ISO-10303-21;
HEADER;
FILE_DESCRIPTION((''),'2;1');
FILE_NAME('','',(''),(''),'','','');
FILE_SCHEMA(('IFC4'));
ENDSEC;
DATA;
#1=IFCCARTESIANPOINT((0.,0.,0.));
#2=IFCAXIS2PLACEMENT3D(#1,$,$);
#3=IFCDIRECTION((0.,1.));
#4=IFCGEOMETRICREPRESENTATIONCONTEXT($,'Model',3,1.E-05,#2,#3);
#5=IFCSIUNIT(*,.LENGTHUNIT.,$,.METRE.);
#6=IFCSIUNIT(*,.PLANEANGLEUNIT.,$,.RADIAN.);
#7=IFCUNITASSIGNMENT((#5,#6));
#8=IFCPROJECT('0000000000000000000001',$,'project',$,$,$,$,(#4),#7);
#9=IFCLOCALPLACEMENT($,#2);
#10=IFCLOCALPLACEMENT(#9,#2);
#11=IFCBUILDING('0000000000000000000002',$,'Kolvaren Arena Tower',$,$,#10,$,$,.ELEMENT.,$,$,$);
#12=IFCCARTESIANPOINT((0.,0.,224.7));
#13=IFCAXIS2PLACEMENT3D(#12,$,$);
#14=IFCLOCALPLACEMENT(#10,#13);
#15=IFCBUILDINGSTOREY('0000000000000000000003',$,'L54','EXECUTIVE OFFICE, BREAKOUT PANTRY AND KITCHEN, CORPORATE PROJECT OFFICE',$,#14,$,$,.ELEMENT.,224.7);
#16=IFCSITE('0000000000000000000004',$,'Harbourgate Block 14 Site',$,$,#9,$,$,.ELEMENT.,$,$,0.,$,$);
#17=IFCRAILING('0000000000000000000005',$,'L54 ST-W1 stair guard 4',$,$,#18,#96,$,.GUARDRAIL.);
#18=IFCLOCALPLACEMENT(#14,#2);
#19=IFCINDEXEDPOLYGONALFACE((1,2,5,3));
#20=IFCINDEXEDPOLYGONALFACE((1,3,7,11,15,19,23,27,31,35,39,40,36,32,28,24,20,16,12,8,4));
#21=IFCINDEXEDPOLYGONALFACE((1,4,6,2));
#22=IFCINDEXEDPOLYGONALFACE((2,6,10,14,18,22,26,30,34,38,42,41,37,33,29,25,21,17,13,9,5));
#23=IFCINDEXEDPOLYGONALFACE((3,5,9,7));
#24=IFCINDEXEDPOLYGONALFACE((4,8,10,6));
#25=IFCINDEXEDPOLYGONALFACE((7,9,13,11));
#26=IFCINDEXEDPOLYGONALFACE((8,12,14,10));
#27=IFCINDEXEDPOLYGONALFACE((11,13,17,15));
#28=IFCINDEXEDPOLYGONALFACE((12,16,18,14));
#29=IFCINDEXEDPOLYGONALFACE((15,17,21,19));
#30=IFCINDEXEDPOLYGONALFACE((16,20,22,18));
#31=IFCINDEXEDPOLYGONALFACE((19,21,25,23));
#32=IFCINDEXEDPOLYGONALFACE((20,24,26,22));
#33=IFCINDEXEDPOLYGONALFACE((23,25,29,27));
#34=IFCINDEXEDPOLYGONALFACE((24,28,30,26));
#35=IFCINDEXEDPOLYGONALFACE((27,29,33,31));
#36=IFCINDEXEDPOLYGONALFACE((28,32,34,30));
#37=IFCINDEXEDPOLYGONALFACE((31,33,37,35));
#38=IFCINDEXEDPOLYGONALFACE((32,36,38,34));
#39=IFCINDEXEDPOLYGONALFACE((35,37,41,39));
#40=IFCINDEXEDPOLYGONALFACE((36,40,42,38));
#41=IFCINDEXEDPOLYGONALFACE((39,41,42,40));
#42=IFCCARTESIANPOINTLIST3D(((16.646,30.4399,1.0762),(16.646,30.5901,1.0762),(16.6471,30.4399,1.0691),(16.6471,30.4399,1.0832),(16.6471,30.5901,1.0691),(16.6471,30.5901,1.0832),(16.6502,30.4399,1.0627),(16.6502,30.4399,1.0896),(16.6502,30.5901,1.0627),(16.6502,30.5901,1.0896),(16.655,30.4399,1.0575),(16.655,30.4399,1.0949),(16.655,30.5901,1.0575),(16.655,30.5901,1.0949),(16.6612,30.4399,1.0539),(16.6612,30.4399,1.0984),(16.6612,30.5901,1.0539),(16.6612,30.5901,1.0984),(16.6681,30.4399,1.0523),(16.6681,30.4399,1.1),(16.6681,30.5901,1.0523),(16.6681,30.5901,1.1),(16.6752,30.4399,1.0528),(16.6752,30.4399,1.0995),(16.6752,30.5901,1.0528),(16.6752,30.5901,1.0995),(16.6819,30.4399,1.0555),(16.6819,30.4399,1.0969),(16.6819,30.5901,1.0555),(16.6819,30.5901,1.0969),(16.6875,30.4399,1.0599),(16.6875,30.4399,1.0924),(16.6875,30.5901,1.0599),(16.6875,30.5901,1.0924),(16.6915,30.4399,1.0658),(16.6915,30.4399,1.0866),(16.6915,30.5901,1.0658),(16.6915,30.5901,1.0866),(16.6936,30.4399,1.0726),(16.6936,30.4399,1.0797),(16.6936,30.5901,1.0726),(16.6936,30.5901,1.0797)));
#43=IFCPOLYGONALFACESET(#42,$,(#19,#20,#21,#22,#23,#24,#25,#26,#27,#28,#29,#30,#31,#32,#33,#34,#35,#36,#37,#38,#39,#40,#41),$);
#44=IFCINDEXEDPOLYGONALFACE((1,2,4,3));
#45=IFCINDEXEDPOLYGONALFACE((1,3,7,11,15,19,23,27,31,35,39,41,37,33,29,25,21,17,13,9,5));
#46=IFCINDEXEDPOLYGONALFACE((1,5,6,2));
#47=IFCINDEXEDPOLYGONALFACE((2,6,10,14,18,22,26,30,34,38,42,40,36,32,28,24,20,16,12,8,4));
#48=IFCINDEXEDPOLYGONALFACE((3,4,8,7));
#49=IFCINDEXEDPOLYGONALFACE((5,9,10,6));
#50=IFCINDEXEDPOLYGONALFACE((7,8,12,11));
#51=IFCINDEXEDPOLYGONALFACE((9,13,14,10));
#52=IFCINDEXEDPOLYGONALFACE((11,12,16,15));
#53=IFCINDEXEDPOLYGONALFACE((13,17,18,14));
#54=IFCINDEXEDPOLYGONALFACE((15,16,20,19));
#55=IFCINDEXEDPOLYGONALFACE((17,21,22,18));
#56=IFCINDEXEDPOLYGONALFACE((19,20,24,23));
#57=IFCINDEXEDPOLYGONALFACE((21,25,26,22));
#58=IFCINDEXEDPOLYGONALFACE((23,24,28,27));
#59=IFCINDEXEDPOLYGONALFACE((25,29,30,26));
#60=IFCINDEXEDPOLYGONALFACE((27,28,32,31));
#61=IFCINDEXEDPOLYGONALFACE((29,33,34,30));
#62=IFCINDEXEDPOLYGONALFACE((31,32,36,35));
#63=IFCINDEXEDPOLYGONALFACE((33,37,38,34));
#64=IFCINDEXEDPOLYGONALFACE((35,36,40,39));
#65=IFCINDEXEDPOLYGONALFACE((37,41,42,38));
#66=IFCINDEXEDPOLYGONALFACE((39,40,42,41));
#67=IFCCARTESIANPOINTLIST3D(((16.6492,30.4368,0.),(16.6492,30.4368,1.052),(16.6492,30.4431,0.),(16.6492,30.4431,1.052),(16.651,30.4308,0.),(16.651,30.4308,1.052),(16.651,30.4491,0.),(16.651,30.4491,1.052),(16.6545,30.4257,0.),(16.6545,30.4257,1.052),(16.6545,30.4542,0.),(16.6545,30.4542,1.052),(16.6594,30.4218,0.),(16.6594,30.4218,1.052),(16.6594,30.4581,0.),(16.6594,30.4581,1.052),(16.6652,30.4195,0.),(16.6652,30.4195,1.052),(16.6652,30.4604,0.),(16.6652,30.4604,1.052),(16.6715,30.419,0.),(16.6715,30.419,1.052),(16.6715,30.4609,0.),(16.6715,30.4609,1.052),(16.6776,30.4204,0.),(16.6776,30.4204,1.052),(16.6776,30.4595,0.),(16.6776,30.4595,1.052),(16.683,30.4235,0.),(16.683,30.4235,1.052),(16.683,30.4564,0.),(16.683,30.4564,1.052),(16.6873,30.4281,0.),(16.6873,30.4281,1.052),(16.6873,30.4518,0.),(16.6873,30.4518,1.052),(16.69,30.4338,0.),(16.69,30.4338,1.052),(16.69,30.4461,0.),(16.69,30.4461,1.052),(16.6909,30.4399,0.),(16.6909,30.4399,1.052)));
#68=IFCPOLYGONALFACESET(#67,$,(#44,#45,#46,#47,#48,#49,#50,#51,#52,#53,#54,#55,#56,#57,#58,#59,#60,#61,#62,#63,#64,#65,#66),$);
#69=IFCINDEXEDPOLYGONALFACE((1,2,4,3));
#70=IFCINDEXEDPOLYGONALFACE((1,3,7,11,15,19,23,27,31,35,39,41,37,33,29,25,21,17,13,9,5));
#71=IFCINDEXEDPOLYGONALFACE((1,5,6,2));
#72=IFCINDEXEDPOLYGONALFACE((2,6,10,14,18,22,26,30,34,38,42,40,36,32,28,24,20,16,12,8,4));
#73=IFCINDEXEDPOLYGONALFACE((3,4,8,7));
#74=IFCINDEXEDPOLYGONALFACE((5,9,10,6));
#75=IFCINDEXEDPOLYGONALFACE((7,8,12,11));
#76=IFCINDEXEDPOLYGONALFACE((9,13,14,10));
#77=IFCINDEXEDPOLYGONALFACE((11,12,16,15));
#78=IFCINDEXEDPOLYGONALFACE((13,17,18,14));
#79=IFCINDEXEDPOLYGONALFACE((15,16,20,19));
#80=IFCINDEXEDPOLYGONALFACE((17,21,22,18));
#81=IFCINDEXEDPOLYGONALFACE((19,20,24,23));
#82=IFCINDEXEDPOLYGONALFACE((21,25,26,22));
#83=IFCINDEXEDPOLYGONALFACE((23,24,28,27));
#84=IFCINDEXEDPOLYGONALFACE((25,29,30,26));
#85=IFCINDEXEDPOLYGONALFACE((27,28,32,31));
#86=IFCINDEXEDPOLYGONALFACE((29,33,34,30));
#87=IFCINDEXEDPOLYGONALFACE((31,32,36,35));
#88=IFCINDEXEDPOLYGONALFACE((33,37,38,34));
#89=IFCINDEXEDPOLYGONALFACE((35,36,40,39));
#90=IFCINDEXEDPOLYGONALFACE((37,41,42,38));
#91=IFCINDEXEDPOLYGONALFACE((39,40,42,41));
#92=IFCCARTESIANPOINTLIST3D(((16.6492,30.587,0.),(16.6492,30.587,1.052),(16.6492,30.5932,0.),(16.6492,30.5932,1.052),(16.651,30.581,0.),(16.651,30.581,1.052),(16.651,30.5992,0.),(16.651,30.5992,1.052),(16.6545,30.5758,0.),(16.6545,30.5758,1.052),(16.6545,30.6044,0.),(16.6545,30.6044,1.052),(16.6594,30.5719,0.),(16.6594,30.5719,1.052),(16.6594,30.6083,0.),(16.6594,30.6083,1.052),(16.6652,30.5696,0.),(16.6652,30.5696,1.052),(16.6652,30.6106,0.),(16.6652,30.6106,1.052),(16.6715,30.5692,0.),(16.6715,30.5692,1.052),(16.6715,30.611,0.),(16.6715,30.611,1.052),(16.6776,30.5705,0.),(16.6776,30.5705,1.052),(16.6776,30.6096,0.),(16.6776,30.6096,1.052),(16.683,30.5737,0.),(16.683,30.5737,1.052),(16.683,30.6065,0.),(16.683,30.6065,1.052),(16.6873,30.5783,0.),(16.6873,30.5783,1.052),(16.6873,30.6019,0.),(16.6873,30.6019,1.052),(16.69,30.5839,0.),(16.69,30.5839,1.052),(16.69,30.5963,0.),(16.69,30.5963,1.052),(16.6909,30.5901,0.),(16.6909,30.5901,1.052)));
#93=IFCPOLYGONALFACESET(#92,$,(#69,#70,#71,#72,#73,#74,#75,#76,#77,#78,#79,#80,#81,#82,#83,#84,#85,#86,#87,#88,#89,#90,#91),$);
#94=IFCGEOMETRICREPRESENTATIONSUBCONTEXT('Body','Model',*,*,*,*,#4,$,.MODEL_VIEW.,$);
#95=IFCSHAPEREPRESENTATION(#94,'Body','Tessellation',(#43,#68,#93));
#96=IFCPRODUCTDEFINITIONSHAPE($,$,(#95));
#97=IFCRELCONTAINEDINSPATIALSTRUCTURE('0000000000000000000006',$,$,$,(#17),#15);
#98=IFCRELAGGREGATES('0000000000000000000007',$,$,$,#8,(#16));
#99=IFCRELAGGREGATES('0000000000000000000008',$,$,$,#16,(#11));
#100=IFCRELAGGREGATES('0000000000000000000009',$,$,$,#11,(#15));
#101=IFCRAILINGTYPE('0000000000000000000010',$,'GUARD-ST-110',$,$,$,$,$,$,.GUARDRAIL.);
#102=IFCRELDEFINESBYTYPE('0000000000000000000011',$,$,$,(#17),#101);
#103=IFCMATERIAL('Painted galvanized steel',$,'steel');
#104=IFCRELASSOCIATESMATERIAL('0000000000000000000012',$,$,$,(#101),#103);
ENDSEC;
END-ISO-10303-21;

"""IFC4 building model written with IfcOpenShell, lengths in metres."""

from ifc_helpers import new_model, si_unit, direction, frame, origin, origin_2d, place, context, subcontext, project, spatial, circle, extrude, material, type_object, element, save


model = new_model("IFC4")

# Units and contexts
model_context = context("Model", 3, precision=1e-05, world=origin(), true_north=direction((0.0, 1.0)))
body_context = subcontext(model_context, "Body", "Model", "MODEL_VIEW")
ifc_project = project(units=[si_unit("LENGTHUNIT", "METRE"), si_unit("PLANEANGLEUNIT", "RADIAN")], contexts=[model_context])

# Site, building, storey
site_placement = place(None, origin())
site = spatial("IfcSite", under=ifc_project, at=site_placement, Name="Harbourgate Block 14 Site", CompositionType="ELEMENT", RefElevation=0.0)
building_placement = place(site_placement, origin())
building = spatial("IfcBuilding", under=site, at=building_placement, Name="Kolvaren Arena Tower", CompositionType="ELEMENT")
storey_placement = place(building_placement, frame((0.0, 0.0, 224.7)))
storey = spatial("IfcBuildingStorey", under=building, at=storey_placement, Name="L54", Description="EXECUTIVE OFFICE, BREAKOUT PANTRY AND KITCHEN, CORPORATE PROJECT OFFICE", CompositionType="ELEMENT", Elevation=224.7)

# Railing
ifc_material_1 = material(Name="Painted galvanized steel", Category="steel")
railing_type_1 = type_object("IfcRailingType", Name="GUARD-ST-110", PredefinedType="GUARDRAIL", material=ifc_material_1)
railing_1_placement = place(storey_placement, frame((16.6699, 30.4399, 0.0)))
element("IfcRailing", 1, at=railing_1_placement, inside=storey, type_object=railing_type_1, Name="L54 ST-W1 stair guard 4", PredefinedType="GUARDRAIL", context=body_context, shape_type="SweptSolid", body=[
    extrude(circle(Radius=0.0239, at=origin_2d()), frame((0.0, 0.0, 1.0762), z_axis=(0.0, 1.0, 0.0), x_axis=(-1.0, 0.0, 0.0)), (0.0, 0.0, 1.0), 0.1501),
    extrude(circle(Radius=0.021, at=origin_2d()), origin(), (0.0, 0.0, 1.0), 1.052),
    extrude(circle(Radius=0.021, at=origin_2d()), frame((0.0, 0.1501, 0.0)), (0.0, 0.0, 1.0), 1.052),
])

save(model, "model.ifc")
